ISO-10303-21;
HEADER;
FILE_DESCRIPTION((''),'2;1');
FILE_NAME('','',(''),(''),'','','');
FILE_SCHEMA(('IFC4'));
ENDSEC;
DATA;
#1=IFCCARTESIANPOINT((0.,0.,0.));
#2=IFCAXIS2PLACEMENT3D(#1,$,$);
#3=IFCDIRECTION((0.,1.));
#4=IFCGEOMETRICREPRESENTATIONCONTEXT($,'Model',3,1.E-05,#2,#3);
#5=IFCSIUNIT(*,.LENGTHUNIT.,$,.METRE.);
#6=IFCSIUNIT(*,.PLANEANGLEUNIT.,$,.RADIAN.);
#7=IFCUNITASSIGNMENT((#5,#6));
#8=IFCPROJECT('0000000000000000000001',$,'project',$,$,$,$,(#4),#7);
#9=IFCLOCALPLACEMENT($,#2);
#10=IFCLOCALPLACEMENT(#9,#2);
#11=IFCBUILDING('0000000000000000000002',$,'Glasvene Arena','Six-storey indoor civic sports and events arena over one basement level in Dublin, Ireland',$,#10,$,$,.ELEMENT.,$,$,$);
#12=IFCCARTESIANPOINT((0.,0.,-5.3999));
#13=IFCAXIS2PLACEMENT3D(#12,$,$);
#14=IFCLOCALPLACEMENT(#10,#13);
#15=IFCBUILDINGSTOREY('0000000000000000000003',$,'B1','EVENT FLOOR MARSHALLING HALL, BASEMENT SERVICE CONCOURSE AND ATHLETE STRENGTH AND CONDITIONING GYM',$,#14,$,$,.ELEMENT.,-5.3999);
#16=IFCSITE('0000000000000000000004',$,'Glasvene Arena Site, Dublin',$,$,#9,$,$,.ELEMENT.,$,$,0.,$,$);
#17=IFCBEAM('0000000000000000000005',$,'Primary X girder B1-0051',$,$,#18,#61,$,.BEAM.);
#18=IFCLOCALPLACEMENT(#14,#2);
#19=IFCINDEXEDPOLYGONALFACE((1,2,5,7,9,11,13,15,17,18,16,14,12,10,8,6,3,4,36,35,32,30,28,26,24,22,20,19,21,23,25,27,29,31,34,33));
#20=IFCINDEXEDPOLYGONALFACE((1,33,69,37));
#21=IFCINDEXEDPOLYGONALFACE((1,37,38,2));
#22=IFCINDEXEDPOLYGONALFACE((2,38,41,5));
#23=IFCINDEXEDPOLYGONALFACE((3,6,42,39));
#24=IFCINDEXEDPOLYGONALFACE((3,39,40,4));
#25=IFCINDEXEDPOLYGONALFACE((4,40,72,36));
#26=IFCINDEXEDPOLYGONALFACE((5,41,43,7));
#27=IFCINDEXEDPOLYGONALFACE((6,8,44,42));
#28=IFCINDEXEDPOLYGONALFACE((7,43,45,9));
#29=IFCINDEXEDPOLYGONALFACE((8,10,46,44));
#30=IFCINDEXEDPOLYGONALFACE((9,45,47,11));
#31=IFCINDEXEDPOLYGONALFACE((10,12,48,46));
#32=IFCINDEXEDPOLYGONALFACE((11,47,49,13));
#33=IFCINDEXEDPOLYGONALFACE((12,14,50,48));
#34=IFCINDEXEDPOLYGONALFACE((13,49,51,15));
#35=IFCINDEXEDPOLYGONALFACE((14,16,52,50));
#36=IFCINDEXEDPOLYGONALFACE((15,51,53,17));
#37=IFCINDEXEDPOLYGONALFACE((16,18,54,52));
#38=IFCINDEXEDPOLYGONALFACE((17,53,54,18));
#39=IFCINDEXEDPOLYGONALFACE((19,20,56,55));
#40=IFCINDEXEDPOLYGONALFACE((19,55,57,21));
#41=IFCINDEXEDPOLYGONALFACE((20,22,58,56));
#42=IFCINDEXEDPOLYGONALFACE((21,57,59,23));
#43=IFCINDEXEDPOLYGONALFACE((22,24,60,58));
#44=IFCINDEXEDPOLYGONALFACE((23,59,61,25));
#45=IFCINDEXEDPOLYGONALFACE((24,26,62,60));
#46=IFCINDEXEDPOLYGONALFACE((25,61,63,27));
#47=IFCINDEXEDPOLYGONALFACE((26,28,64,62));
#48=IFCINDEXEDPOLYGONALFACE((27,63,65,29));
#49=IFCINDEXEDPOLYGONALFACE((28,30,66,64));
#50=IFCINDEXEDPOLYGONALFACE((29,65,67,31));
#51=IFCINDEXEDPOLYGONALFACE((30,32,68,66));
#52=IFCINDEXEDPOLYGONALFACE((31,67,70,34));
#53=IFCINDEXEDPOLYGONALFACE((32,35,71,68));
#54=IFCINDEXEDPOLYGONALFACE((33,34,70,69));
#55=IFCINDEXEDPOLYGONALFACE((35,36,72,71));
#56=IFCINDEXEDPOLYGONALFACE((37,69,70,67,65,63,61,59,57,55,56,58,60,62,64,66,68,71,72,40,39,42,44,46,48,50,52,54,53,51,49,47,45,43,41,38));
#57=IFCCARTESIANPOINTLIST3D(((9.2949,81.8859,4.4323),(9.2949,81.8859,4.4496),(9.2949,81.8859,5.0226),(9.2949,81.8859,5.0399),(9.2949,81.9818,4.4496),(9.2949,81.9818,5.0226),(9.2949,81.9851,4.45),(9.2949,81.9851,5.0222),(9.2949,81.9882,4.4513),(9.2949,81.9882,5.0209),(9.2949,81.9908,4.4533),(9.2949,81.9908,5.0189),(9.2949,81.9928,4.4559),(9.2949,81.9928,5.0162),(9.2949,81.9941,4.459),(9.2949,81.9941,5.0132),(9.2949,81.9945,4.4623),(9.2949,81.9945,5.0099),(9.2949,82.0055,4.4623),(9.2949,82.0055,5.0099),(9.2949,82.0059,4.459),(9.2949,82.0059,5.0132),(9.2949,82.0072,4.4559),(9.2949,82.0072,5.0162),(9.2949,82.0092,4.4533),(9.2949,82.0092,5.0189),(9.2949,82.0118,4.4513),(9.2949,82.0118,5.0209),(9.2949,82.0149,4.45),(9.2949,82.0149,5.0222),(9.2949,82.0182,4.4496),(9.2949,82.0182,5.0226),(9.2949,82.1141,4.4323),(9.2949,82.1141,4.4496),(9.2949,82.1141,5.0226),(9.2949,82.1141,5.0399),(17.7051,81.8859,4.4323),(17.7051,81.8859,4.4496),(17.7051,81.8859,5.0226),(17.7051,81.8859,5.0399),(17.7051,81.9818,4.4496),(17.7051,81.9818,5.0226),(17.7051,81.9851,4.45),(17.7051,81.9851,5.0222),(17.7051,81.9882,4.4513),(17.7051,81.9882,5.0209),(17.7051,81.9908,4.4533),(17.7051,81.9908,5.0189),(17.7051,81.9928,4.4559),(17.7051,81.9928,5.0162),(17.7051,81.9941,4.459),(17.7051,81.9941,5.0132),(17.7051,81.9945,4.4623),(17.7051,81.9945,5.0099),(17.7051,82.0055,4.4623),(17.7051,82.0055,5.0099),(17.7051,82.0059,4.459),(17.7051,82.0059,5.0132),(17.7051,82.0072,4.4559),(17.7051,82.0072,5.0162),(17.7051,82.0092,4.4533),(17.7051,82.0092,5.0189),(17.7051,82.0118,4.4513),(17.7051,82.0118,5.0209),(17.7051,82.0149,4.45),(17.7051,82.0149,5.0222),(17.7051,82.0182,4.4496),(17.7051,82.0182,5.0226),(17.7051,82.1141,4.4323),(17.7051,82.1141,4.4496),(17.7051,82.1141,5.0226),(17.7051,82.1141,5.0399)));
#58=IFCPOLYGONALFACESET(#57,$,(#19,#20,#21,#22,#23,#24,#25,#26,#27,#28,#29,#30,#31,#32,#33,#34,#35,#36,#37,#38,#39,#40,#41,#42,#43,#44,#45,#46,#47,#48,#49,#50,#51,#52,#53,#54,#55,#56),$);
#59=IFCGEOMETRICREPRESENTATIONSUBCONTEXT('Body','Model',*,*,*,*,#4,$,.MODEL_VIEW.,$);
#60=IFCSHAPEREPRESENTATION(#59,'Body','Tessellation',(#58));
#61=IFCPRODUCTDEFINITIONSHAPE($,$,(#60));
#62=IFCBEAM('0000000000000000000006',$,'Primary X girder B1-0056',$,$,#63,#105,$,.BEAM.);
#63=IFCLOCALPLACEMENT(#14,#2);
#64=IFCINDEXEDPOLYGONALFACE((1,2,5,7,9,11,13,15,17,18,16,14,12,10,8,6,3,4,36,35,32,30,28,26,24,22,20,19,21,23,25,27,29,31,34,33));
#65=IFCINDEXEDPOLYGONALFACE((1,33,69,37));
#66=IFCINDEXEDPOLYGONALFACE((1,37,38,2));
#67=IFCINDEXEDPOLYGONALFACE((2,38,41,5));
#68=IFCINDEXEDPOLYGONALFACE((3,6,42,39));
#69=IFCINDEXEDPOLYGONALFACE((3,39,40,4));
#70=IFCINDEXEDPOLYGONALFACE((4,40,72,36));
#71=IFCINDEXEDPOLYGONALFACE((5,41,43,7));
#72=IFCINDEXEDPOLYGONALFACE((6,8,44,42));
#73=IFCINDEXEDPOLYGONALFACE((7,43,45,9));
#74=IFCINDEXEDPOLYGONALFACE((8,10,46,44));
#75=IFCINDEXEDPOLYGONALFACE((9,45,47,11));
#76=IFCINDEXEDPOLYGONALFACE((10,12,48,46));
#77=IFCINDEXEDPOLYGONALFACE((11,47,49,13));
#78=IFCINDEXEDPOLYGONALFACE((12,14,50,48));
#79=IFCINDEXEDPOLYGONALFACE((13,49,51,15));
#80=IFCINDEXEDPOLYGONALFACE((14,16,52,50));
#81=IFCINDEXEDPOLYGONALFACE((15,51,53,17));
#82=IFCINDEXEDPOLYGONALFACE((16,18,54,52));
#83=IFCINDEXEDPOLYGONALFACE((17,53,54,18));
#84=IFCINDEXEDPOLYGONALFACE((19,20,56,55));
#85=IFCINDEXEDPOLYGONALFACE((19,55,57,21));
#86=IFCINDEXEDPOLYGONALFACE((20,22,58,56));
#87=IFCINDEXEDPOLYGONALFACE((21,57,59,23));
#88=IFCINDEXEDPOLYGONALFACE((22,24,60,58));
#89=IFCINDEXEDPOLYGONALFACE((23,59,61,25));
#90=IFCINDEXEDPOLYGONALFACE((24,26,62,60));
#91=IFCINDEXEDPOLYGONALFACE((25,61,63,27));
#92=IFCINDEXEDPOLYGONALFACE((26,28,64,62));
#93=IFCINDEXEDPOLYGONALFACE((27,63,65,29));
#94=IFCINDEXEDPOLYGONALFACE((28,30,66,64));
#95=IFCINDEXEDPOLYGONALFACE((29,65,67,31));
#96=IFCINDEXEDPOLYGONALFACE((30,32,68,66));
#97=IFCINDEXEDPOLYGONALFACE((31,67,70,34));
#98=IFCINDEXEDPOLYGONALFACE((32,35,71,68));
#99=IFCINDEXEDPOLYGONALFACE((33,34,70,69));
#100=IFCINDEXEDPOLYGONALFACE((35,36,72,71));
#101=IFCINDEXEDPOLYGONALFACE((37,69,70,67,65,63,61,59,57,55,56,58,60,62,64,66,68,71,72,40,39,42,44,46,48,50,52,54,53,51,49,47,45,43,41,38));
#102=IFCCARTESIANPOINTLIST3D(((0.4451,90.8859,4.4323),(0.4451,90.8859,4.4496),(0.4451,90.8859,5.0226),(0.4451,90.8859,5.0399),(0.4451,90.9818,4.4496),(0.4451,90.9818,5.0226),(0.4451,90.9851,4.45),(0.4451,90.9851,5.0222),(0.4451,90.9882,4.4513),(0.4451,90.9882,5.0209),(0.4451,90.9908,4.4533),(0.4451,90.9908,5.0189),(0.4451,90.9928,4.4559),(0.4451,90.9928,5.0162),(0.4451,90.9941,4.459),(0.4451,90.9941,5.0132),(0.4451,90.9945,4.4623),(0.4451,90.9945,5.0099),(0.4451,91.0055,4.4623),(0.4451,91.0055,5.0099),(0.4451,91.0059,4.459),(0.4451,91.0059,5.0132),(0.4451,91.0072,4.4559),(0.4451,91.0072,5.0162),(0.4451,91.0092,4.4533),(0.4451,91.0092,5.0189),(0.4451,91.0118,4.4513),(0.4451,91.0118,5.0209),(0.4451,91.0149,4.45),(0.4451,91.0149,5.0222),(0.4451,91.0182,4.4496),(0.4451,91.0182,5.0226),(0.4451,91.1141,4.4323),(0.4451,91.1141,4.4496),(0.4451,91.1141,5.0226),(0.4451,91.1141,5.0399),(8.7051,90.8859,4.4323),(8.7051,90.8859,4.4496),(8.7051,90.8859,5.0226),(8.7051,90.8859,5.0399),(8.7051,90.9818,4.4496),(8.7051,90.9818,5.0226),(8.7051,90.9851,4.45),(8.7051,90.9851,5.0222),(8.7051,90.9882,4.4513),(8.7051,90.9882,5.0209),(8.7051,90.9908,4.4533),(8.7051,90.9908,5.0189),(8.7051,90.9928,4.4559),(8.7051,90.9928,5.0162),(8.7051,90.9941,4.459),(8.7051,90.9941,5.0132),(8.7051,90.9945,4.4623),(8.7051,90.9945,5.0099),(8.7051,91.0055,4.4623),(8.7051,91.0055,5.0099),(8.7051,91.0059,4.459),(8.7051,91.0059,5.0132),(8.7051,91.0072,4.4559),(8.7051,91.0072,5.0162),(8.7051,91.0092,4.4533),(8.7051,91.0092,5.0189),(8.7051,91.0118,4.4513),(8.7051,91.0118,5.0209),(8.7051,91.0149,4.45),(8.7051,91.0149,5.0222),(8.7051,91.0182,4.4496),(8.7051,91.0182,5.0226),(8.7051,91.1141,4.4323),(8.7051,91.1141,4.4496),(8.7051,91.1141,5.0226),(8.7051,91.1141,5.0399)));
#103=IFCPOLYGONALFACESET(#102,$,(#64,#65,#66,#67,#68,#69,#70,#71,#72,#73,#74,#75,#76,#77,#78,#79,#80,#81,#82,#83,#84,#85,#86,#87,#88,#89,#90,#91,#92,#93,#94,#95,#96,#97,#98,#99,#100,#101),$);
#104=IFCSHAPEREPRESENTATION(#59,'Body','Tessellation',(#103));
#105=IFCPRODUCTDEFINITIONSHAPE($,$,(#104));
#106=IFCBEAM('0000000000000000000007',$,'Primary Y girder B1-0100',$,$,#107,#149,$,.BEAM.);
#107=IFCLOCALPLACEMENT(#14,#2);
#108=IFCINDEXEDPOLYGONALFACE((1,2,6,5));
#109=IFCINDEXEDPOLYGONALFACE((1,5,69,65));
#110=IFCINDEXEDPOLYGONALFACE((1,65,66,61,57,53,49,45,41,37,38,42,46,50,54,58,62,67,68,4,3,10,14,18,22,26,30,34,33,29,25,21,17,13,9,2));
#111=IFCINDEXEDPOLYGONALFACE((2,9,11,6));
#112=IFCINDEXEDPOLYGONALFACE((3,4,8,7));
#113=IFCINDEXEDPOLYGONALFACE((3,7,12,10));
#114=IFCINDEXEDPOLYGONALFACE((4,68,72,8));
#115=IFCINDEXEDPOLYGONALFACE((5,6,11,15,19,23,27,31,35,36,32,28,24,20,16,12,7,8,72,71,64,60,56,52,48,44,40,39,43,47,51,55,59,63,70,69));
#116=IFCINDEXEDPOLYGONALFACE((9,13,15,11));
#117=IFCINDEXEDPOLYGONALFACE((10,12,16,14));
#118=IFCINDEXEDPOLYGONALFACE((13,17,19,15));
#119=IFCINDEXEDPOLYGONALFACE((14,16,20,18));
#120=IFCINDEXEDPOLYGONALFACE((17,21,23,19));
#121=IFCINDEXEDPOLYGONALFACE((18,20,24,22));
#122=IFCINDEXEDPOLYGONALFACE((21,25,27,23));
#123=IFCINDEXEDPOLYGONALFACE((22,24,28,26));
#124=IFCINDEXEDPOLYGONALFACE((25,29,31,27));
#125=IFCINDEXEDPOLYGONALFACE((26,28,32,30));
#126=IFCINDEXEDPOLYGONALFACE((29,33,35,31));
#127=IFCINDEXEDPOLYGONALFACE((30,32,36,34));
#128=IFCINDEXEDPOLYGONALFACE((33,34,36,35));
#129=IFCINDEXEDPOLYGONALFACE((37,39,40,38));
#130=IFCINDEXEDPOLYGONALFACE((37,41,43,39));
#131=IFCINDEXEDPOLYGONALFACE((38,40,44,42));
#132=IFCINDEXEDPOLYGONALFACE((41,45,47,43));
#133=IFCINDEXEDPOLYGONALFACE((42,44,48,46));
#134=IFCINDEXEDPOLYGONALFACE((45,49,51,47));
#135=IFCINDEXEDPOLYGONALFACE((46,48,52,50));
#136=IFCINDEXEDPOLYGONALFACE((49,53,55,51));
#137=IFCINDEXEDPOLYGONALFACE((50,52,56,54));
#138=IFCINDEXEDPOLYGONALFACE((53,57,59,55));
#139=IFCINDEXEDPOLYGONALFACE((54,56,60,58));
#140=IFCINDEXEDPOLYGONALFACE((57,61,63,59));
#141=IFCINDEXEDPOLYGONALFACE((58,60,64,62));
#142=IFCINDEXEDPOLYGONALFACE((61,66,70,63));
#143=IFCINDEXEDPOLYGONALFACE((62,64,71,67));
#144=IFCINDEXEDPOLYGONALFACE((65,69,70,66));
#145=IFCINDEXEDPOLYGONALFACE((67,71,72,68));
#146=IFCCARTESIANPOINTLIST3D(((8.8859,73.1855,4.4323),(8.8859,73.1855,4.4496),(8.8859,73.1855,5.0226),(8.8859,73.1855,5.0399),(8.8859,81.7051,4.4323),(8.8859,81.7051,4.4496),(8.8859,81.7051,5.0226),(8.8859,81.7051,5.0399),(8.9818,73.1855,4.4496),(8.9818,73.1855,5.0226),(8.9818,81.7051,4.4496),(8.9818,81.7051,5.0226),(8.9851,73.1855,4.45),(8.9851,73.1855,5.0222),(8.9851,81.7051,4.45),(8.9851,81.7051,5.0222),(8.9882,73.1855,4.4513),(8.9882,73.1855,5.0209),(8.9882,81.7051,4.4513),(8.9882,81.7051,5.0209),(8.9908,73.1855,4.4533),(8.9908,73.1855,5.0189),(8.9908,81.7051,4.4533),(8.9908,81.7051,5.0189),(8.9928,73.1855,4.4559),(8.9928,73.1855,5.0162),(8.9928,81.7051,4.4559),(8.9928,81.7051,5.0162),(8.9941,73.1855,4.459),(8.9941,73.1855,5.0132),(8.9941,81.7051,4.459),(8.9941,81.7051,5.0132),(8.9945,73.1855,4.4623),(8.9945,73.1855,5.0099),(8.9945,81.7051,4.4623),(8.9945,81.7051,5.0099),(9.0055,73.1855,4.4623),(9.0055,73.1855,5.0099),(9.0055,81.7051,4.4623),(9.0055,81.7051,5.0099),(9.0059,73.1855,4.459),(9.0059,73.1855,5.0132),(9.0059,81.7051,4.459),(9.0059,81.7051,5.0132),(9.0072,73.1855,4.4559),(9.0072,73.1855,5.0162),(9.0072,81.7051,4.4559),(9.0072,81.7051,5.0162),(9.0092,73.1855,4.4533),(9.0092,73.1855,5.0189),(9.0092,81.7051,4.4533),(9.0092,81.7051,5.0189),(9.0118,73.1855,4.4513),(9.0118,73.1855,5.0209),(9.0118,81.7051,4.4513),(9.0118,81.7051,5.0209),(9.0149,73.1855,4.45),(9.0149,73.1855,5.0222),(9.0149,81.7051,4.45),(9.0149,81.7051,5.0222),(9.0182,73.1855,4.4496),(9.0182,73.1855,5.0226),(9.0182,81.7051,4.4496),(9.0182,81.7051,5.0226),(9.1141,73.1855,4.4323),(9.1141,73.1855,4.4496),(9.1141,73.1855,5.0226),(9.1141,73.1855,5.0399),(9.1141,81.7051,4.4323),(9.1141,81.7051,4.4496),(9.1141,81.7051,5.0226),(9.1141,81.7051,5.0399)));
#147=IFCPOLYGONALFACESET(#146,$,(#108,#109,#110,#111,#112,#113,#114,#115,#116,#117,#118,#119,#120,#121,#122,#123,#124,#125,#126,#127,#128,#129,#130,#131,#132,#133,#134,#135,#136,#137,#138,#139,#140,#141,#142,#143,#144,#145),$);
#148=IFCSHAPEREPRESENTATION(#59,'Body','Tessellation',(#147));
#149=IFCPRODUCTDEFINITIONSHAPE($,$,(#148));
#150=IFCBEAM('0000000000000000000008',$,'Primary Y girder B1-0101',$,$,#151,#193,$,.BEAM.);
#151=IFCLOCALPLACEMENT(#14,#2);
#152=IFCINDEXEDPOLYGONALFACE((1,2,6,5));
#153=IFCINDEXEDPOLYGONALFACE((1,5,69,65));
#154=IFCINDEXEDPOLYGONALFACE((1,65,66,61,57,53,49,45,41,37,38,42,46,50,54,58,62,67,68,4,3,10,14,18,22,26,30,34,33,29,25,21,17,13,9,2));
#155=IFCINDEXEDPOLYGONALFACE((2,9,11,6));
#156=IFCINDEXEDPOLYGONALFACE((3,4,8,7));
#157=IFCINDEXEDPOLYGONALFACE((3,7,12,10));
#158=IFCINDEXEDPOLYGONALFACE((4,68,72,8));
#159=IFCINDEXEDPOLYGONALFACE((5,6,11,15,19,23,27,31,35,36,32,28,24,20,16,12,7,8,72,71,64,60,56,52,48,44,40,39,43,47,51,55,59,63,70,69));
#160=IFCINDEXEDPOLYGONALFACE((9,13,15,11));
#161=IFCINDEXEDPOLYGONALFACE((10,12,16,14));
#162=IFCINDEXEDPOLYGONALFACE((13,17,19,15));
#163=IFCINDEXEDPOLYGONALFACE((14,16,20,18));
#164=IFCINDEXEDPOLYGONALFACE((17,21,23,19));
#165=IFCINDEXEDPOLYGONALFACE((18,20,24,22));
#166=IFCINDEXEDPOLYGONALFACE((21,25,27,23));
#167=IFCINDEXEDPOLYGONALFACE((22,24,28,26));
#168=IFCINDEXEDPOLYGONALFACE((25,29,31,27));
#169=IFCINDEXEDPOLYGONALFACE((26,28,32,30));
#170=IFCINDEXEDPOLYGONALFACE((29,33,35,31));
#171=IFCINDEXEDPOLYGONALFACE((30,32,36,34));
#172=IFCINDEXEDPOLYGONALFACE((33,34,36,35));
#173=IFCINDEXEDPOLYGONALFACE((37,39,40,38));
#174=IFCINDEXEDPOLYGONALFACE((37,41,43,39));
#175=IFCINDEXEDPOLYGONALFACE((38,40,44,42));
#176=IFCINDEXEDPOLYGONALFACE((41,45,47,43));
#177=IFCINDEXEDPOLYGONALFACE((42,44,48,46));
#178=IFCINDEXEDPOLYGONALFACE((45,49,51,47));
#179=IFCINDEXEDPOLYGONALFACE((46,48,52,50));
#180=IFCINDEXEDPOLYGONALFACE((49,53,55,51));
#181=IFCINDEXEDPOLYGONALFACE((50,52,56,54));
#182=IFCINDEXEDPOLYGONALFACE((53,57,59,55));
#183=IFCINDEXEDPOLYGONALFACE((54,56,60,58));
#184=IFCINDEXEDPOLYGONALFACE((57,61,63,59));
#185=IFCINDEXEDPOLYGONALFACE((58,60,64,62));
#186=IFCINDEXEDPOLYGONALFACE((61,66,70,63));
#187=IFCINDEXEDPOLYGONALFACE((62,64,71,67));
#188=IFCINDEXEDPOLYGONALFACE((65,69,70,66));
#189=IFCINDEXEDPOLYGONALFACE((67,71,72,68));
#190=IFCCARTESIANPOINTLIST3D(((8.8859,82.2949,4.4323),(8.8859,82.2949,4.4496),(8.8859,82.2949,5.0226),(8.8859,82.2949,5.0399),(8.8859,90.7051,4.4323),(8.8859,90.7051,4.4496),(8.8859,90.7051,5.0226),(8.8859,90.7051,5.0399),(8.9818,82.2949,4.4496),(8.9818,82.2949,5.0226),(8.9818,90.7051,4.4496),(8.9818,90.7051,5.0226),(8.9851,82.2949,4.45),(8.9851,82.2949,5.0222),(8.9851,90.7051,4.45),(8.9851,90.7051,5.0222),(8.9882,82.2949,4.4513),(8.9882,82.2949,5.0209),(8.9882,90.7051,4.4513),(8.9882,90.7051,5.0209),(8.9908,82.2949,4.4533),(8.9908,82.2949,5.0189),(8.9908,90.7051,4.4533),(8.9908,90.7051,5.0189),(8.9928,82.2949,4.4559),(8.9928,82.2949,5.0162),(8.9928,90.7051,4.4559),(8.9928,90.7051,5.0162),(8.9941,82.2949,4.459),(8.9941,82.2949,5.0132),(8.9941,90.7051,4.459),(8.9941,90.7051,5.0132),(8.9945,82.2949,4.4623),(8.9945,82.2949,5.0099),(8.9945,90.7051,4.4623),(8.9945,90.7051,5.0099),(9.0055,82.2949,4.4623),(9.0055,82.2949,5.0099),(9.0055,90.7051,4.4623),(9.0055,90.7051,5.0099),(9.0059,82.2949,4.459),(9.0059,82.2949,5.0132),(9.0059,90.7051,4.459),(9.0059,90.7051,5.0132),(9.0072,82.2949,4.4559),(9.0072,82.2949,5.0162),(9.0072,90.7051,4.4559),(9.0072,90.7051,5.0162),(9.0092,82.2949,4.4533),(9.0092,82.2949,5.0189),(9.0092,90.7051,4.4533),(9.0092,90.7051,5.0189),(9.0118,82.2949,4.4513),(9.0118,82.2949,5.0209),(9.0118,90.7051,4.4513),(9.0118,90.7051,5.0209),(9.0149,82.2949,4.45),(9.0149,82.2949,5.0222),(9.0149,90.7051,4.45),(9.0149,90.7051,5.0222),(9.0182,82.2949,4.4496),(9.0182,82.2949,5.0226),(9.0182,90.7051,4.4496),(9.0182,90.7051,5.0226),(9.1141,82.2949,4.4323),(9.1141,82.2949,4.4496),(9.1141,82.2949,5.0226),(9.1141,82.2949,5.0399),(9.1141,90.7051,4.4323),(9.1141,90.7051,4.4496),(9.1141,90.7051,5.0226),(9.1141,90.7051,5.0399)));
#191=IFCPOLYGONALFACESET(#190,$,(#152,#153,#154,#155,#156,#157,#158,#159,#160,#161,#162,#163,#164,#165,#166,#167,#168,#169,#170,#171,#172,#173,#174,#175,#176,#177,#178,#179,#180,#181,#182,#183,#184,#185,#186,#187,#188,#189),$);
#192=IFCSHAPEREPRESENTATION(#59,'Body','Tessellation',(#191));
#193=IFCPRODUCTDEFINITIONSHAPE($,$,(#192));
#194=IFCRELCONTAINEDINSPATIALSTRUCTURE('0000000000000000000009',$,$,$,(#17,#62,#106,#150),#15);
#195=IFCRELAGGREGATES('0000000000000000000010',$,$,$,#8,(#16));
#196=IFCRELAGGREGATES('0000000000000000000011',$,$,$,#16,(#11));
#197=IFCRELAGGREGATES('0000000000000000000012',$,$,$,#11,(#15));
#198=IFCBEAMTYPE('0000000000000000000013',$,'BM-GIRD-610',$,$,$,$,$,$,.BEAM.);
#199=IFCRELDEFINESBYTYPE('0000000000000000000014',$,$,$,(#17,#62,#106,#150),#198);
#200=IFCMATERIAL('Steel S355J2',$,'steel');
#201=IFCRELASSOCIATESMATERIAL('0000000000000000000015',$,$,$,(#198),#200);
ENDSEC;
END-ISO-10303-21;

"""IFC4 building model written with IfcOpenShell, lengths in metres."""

from ifc_helpers import new_model, si_unit, direction, frame, origin, origin_2d, place, context, subcontext, project, spatial, i_section, extrude, material, material_profile, profile_set, type_object, element, save


model = new_model("IFC4")

# Units and contexts
model_context = context("Model", 3, precision=1e-05, world=origin(), true_north=direction((0.0, 1.0)))
body_context = subcontext(model_context, "Body", "Model", "MODEL_VIEW")
ifc_project = project(units=[si_unit("LENGTHUNIT", "METRE"), si_unit("PLANEANGLEUNIT", "RADIAN")], contexts=[model_context])

# Site, building, storey
site_placement = place(None, origin())
site = spatial("IfcSite", under=ifc_project, at=site_placement, Name="Glasvene Arena Site, Dublin", CompositionType="ELEMENT", RefElevation=0.0)
building_placement = place(site_placement, origin())
building = spatial("IfcBuilding", under=site, at=building_placement, Name="Glasvene Arena", Description="Six-storey indoor civic sports and events arena over one basement level in Dublin, Ireland", CompositionType="ELEMENT")
storey_placement = place(building_placement, frame((0.0, 0.0, -5.3999)))
storey = spatial("IfcBuildingStorey", under=building, at=storey_placement, Name="B1", Description="EVENT FLOOR MARSHALLING HALL, BASEMENT SERVICE CONCOURSE AND ATHLETE STRENGTH AND CONDITIONING GYM", CompositionType="ELEMENT", Elevation=-5.3999)

# Beams
ifc_material_1 = material(Name="Steel S355J2", Category="steel")
ifc_material_profile_1 = material_profile(ifc_material_1, i_section(OverallWidth=0.2283, OverallDepth=0.6077, WebThickness=0.011, FlangeThickness=0.0173, FilletRadius=0.0127, at=origin_2d()), Name="UKB 610x229x113")
ifc_profile_set_1 = profile_set([ifc_material_profile_1], Name="Steel S355J2")
beam_type_1 = type_object("IfcBeamType", Name="BM-GIRD-610", PredefinedType="BEAM", material=ifc_profile_set_1)
beam_1_placement = place(storey_placement, frame((9.2949, 82.0, 4.7361), z_axis=(1.0, 0.0, 0.0), x_axis=(0.0, 1.0, 0.0)))
element("IfcBeam", 1, at=beam_1_placement, inside=storey, type_object=beam_type_1, Name="Primary X girder B1-0051", PredefinedType="BEAM", context=body_context, shape_type="SweptSolid", body=[
    extrude(i_section(OverallWidth=0.2283, OverallDepth=0.6077, WebThickness=0.011, FlangeThickness=0.0173, FilletRadius=0.0127, at=origin_2d()), origin(), (0.0, 0.0, 1.0), 8.4102),
])
beam_2_placement = place(storey_placement, frame((0.4451, 91.0, 4.7361), z_axis=(1.0, 0.0, 0.0), x_axis=(0.0, 1.0, 0.0)))
element("IfcBeam", 2, at=beam_2_placement, inside=storey, type_object=beam_type_1, Name="Primary X girder B1-0056", PredefinedType="BEAM", context=body_context, shape_type="SweptSolid", body=[
    extrude(i_section(OverallWidth=0.2283, OverallDepth=0.6077, WebThickness=0.011, FlangeThickness=0.0173, FilletRadius=0.0127, at=origin_2d()), origin(), (0.0, 0.0, 1.0), 8.26),
])
beam_3_placement = place(storey_placement, frame((9.0, 73.1855, 4.7361), z_axis=(0.0, 1.0, 0.0), x_axis=(-1.0, 0.0, 0.0)))
element("IfcBeam", 3, at=beam_3_placement, inside=storey, type_object=beam_type_1, Name="Primary Y girder B1-0100", PredefinedType="BEAM", context=body_context, shape_type="SweptSolid", body=[
    extrude(i_section(OverallWidth=0.2283, OverallDepth=0.6077, WebThickness=0.011, FlangeThickness=0.0173, FilletRadius=0.0127, at=origin_2d()), origin(), (0.0, 0.0, 1.0), 8.5195),
])
beam_4_placement = place(storey_placement, frame((9.0, 82.2949, 4.7361), z_axis=(0.0, 1.0, 0.0), x_axis=(-1.0, 0.0, 0.0)))
element("IfcBeam", 4, at=beam_4_placement, inside=storey, type_object=beam_type_1, Name="Primary Y girder B1-0101", PredefinedType="BEAM", context=body_context, shape_type="SweptSolid", body=[
    extrude(i_section(OverallWidth=0.2283, OverallDepth=0.6077, WebThickness=0.011, FlangeThickness=0.0173, FilletRadius=0.0127, at=origin_2d()), origin(), (0.0, 0.0, 1.0), 8.4102),
])

save(model, "model.ifc")
